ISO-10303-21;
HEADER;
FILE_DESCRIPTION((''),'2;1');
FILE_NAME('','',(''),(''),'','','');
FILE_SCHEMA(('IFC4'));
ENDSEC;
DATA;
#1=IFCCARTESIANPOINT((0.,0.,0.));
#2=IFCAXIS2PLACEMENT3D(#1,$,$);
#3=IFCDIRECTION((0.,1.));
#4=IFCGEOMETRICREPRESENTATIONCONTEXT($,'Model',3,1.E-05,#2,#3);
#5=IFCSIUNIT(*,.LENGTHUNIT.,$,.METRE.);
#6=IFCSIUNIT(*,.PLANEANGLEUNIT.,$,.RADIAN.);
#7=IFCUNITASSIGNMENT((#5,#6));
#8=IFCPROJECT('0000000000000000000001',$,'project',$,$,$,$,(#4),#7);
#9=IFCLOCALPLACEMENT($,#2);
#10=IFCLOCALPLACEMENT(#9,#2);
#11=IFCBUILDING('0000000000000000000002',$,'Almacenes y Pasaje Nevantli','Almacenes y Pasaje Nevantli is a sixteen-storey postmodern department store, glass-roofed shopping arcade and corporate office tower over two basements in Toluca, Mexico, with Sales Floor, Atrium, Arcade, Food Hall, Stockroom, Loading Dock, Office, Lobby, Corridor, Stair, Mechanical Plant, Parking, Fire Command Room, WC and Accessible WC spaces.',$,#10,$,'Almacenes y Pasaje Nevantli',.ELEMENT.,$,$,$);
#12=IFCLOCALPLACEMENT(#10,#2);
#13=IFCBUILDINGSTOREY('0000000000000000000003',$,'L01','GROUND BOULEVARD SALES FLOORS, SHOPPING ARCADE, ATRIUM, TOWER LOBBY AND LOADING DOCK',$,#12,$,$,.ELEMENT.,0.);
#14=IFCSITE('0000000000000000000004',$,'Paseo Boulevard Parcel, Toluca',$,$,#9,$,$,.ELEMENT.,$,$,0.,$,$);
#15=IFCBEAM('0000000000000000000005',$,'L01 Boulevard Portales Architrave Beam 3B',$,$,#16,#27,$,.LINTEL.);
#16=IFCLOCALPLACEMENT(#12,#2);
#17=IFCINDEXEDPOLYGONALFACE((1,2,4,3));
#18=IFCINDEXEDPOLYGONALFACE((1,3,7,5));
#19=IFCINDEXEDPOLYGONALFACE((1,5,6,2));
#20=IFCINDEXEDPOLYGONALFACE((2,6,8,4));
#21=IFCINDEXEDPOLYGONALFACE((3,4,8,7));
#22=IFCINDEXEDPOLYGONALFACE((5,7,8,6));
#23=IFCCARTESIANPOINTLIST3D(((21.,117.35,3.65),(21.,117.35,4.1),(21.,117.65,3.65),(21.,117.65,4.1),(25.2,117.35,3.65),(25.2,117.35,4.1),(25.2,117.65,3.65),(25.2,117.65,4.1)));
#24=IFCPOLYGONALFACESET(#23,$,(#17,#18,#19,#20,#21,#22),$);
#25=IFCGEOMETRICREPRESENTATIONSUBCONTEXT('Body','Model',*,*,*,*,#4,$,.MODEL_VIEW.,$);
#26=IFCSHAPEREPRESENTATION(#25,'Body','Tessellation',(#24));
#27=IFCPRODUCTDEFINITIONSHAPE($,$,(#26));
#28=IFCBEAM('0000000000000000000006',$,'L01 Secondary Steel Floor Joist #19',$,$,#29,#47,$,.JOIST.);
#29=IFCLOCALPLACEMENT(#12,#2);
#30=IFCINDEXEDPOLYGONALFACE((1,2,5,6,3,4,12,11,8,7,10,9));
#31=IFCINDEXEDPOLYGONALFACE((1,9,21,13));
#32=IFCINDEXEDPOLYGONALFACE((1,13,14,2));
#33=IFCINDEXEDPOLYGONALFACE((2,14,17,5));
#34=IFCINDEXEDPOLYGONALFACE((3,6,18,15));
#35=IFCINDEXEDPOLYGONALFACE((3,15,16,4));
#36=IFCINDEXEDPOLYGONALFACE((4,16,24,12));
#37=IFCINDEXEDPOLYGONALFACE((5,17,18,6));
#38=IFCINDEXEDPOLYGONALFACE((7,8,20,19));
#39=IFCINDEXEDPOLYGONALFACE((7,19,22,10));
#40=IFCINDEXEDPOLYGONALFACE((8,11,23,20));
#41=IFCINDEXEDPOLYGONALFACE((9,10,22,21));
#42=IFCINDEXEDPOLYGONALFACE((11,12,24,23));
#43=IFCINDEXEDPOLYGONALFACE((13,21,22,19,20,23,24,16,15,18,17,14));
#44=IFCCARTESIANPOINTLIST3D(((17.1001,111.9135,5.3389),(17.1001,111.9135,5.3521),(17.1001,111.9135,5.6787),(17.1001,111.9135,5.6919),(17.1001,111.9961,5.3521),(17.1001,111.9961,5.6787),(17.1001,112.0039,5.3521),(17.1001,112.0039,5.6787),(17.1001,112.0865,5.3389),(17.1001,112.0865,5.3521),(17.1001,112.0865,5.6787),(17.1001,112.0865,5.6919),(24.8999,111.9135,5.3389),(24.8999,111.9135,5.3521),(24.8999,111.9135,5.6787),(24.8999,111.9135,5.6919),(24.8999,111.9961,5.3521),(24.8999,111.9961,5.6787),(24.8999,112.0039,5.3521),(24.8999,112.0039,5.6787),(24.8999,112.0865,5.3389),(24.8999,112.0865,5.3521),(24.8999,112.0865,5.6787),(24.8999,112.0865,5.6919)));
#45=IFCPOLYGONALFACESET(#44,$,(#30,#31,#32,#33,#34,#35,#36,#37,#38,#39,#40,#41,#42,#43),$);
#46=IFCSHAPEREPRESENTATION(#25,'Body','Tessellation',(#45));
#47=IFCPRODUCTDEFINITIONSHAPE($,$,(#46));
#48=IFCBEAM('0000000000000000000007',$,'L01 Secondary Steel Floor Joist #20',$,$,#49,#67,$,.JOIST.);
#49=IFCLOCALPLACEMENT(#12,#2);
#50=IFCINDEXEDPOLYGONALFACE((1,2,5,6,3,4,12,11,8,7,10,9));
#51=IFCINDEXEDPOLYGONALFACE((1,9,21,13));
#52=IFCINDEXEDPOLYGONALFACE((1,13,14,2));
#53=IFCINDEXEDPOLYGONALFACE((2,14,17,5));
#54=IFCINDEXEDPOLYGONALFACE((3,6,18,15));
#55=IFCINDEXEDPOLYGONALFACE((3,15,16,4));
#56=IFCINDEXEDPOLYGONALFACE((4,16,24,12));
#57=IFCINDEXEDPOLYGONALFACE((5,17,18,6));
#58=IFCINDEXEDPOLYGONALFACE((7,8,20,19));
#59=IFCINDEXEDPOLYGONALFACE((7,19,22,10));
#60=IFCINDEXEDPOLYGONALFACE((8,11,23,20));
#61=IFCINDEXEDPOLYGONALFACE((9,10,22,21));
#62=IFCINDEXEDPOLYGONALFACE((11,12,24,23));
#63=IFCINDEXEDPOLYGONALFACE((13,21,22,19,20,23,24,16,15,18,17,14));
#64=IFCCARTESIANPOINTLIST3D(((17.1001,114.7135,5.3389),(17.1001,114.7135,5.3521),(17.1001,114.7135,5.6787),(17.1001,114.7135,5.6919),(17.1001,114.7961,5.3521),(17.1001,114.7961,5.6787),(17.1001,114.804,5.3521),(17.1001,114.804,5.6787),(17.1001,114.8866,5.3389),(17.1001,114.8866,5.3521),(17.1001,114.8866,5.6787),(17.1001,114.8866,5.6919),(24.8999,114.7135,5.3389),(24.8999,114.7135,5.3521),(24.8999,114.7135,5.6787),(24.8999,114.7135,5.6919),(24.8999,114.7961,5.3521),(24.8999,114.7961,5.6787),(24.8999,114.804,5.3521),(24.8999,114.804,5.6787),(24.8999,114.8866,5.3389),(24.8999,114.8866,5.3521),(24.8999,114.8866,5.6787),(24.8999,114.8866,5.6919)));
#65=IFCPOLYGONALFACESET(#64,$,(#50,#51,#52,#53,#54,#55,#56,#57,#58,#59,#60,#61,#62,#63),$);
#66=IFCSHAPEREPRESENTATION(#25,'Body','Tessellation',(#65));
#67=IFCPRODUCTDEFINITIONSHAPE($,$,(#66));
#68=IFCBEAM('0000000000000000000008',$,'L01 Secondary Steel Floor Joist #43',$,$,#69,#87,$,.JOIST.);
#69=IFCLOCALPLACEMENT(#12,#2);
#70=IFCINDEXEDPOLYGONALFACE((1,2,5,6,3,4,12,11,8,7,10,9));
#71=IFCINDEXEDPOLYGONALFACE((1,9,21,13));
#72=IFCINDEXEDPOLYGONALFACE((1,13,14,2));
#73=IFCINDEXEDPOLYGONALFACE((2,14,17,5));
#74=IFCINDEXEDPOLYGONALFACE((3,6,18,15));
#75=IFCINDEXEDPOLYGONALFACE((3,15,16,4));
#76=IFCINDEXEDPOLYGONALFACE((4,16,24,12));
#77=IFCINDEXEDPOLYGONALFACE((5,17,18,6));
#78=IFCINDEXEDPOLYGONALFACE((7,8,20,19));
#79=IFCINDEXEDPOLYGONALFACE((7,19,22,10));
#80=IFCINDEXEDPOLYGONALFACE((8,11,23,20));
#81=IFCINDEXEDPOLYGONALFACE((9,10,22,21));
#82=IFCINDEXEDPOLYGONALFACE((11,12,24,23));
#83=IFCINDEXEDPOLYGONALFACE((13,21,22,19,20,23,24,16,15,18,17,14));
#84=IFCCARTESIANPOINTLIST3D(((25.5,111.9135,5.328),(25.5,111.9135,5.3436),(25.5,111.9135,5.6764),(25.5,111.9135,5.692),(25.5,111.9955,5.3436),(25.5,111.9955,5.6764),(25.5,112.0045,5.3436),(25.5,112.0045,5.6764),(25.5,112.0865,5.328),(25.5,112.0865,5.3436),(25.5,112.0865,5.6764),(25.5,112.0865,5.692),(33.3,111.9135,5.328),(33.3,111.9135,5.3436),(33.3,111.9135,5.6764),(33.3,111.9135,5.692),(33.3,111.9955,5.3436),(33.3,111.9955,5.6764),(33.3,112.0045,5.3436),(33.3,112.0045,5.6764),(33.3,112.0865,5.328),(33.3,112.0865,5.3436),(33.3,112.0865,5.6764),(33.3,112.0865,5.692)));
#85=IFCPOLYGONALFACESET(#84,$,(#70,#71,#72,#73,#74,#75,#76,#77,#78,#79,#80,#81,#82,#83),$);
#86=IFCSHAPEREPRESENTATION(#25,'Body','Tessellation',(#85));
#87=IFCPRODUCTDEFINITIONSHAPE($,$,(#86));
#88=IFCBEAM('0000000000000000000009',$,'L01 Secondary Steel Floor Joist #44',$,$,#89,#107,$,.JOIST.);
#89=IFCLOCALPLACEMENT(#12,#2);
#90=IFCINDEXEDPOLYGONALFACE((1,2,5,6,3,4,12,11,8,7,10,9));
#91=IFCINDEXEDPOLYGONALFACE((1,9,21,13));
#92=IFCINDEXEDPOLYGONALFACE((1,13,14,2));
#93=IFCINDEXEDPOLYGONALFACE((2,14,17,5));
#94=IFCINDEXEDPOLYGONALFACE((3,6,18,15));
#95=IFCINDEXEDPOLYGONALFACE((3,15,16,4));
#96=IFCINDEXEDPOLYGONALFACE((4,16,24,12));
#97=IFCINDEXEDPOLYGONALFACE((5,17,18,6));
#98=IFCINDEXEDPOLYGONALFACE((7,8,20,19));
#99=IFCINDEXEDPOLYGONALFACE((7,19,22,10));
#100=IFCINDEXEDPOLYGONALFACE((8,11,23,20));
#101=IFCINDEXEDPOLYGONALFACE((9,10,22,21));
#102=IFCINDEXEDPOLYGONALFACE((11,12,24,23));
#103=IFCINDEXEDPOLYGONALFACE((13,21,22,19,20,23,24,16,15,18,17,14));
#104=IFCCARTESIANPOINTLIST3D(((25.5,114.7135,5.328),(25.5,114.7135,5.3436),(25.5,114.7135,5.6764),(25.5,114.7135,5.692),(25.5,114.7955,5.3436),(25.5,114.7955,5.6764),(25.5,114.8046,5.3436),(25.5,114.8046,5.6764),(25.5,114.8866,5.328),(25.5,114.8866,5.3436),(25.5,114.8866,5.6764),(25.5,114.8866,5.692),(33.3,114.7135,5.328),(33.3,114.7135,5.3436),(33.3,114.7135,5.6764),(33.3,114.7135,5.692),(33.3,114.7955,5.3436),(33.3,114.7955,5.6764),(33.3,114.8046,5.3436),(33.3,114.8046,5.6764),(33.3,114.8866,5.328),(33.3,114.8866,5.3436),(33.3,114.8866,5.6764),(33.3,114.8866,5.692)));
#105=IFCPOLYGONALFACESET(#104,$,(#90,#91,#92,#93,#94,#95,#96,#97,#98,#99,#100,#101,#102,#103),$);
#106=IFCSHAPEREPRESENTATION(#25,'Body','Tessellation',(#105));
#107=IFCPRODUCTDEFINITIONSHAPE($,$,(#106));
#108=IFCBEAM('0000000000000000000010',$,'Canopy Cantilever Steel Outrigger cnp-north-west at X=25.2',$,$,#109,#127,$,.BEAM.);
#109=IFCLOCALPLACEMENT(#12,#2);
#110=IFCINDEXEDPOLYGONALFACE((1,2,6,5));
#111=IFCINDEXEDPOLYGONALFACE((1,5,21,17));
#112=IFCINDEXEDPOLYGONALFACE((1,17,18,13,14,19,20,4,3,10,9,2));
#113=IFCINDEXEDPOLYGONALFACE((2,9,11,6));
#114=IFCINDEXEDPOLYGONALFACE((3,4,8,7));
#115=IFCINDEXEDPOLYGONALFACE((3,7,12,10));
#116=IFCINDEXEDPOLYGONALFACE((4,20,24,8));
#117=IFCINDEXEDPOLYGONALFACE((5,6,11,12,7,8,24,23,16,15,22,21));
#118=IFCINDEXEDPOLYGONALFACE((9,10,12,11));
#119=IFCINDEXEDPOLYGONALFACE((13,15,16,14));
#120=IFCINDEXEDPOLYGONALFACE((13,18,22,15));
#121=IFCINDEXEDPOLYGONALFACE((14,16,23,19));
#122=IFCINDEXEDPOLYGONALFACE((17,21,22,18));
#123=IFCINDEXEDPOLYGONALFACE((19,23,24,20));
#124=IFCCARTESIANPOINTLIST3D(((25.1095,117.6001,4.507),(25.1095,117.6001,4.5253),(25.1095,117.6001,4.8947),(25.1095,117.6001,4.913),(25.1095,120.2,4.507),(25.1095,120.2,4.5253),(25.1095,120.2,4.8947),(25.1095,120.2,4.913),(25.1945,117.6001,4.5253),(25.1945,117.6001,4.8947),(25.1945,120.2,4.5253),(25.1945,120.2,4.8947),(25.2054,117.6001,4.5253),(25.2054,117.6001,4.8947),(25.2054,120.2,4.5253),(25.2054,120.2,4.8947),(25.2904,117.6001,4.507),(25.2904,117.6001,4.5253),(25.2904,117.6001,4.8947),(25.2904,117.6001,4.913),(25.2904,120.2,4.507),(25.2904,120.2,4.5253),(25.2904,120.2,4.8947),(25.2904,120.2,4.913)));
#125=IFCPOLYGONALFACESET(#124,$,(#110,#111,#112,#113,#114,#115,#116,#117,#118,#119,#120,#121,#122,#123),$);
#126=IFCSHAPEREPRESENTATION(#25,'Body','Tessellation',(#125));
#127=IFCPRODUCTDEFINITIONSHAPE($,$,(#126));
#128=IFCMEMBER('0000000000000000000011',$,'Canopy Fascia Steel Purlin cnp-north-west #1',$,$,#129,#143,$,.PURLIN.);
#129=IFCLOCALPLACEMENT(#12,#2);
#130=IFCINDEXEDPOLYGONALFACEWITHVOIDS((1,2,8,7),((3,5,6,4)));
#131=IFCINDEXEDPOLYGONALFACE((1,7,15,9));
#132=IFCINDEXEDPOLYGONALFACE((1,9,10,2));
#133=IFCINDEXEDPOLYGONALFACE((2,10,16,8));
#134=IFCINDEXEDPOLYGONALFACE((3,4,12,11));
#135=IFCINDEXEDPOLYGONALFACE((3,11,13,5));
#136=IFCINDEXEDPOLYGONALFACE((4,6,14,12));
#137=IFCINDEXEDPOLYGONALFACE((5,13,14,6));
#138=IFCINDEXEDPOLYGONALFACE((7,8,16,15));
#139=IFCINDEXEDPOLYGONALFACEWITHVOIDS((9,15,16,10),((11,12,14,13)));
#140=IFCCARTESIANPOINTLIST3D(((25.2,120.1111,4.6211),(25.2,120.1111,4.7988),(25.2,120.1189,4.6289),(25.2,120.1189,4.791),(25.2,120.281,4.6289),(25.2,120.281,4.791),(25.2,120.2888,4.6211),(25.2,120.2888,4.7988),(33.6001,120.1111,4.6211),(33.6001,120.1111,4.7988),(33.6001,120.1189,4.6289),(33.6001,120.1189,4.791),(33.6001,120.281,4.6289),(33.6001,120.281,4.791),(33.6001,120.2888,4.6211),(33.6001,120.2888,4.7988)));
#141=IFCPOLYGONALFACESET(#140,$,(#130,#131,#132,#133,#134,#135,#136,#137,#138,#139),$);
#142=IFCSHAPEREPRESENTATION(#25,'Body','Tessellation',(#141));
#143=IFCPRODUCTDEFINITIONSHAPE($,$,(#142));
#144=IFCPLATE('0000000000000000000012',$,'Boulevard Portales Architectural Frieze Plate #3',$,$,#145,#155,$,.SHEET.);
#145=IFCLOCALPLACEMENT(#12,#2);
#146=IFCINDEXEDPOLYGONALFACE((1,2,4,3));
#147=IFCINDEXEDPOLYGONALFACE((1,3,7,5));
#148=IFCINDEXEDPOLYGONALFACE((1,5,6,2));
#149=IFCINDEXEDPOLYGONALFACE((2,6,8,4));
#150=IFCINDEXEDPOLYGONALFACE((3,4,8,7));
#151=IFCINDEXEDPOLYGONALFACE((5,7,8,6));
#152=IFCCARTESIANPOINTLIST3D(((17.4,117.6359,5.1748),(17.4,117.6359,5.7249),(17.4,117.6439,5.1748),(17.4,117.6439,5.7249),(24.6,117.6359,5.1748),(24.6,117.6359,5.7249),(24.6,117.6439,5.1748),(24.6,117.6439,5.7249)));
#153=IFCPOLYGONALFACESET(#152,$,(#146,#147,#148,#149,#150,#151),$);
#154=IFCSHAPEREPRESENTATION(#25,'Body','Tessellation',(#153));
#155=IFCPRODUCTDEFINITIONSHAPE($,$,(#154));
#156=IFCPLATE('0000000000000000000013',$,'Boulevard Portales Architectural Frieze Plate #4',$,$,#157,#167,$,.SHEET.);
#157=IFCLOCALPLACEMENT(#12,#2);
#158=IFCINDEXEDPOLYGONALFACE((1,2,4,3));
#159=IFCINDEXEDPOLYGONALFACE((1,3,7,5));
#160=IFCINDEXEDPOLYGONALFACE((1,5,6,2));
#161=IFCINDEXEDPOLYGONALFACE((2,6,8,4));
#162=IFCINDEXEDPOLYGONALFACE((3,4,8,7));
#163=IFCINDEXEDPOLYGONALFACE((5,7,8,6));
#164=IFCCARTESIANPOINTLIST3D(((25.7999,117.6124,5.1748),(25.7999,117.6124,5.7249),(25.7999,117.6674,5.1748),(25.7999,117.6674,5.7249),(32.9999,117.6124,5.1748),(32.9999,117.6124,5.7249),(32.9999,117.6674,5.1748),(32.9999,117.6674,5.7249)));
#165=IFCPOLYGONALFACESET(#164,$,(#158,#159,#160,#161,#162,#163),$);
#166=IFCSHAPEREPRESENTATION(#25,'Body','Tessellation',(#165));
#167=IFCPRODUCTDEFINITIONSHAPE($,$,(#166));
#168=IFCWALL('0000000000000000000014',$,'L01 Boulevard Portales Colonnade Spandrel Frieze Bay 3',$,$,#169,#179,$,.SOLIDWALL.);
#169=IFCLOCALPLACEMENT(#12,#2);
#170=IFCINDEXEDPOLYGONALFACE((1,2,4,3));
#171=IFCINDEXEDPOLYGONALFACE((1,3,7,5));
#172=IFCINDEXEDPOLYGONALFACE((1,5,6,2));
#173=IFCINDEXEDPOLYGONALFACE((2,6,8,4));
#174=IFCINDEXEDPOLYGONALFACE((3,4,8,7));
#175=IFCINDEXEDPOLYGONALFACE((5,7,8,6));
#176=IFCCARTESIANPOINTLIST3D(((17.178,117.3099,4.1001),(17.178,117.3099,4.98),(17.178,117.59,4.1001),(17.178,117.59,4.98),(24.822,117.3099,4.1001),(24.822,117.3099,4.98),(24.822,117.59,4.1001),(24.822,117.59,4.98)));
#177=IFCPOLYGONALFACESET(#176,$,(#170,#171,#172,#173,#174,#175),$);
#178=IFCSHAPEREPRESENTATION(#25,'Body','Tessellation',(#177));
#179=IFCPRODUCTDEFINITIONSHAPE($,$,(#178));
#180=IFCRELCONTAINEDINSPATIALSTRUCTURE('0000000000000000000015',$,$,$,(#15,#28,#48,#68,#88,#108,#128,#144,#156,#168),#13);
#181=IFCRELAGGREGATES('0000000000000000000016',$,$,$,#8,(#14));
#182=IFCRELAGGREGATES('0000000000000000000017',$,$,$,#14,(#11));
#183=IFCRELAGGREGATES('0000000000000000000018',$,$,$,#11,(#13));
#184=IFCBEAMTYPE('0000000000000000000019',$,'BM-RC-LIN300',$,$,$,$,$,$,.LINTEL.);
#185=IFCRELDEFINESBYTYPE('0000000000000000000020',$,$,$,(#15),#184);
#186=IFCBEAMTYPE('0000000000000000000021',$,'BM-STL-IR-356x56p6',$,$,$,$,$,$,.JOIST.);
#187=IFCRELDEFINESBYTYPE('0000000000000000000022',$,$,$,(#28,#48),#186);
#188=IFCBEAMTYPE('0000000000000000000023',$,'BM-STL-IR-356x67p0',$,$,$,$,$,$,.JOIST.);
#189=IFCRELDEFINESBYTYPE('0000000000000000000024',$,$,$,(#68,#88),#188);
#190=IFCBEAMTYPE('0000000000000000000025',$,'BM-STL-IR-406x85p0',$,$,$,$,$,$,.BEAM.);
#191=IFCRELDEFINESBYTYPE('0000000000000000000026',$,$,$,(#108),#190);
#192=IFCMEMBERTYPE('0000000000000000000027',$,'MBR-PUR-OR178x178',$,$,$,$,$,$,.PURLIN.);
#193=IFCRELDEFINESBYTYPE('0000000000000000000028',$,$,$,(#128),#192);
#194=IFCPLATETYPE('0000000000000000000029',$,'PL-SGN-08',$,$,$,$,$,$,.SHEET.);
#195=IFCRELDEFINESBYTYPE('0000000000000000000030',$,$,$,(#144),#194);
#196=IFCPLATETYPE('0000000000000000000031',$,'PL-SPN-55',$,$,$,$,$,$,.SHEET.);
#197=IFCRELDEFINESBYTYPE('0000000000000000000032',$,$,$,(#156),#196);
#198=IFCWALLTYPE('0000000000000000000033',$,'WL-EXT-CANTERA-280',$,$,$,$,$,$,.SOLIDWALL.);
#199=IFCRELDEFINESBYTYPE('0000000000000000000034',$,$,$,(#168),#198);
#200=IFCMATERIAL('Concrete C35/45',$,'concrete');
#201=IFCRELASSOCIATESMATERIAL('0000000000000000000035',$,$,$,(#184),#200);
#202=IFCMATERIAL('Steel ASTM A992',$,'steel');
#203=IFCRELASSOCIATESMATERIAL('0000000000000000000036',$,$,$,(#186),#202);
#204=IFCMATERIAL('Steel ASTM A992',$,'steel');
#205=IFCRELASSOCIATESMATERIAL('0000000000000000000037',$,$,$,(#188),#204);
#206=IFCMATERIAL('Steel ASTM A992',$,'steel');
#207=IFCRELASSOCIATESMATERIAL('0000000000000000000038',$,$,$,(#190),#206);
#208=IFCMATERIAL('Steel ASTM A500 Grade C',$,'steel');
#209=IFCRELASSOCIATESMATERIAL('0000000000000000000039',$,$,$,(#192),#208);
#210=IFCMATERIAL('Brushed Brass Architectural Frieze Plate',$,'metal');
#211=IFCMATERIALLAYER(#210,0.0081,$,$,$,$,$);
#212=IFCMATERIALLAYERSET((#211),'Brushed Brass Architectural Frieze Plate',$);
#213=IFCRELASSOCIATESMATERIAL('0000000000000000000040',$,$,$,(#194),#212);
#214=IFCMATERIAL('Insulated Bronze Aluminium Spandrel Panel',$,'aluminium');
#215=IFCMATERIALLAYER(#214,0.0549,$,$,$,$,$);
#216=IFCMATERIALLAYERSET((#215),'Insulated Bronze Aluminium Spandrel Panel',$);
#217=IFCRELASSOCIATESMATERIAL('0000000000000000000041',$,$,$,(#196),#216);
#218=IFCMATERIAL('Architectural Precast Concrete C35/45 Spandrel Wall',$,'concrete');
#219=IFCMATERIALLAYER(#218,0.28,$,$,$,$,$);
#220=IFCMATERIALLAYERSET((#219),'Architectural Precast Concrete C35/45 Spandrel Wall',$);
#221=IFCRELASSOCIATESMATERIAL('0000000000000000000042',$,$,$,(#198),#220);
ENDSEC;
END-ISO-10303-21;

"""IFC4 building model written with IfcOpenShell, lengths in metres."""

from ifc_helpers import new_model, si_unit, direction, frame, frame_2d, origin, origin_2d, place, context, subcontext, project, spatial, rectangle, hollow_rectangle, i_section, extrude, material, layer, layer_set, material_profile, profile_set, type_object, element, save


model = new_model("IFC4")

# Units and contexts
model_context = context("Model", 3, precision=1e-05, world=origin(), true_north=direction((0.0, 1.0)))
body_context = subcontext(model_context, "Body", "Model", "MODEL_VIEW")
ifc_project = project(units=[si_unit("LENGTHUNIT", "METRE"), si_unit("PLANEANGLEUNIT", "RADIAN")], contexts=[model_context])

# Site, building, storey
site_placement = place(None, origin())
site = spatial("IfcSite", under=ifc_project, at=site_placement, Name="Paseo Boulevard Parcel, Toluca", CompositionType="ELEMENT", RefElevation=0.0)
building_placement = place(site_placement, origin())
building = spatial("IfcBuilding", under=site, at=building_placement, Name="Almacenes y Pasaje Nevantli", Description="Almacenes y Pasaje Nevantli is a sixteen-storey postmodern department store, glass-roofed shopping arcade and corporate office tower over two basements in Toluca, Mexico, with Sales Floor, Atrium, Arcade, Food Hall, Stockroom, Loading Dock, Office, Lobby, Corridor, Stair, Mechanical Plant, Parking, Fire Command Room, WC and Accessible WC spaces.", LongName="Almacenes y Pasaje Nevantli", CompositionType="ELEMENT")
storey_placement = place(building_placement, origin())
storey = spatial("IfcBuildingStorey", under=building, at=storey_placement, Name="L01", Description="GROUND BOULEVARD SALES FLOORS, SHOPPING ARCADE, ATRIUM, TOWER LOBBY AND LOADING DOCK", CompositionType="ELEMENT", Elevation=0.0)

# Beams
ifc_material_1 = material(Name="Concrete C35/45", Category="concrete")
ifc_material_profile_1 = material_profile(ifc_material_1, rectangle(XDim=0.3, YDim=0.45, at=origin_2d()), Name="RC-LIN-300x450")
ifc_profile_set_1 = profile_set([ifc_material_profile_1], Name="Concrete C35/45")
beam_type_1 = type_object("IfcBeamType", Name="BM-RC-LIN300", PredefinedType="LINTEL", material=ifc_profile_set_1)
beam_1_placement = place(storey_placement, frame((21.0, 117.5, 3.875), z_axis=(1.0, 0.0, 0.0), x_axis=(0.0, 1.0, 0.0)))
element("IfcBeam", 1, at=beam_1_placement, inside=storey, type_object=beam_type_1, Name="L01 Boulevard Portales Architrave Beam 3B", PredefinedType="LINTEL", context=body_context, shape_type="SweptSolid", body=[
    extrude(rectangle(XDim=0.3, YDim=0.45, at=origin_2d()), origin(), (0.0, 0.0, 1.0), 4.2),
])
ifc_material_2 = material(Name="Steel ASTM A992", Category="steel")
ifc_material_profile_2 = material_profile(ifc_material_2, i_section(OverallWidth=0.1731, OverallDepth=0.353, WebThickness=0.0078, FlangeThickness=0.0132, at=origin_2d()), Name="IR 356x56.6")
ifc_profile_set_2 = profile_set([ifc_material_profile_2], Name="Steel ASTM A992")
beam_type_2 = type_object("IfcBeamType", Name="BM-STL-IR-356x56p6", PredefinedType="JOIST", material=ifc_profile_set_2)
for number, where, z_axis, x_axis, name in (
    (2, (17.1001, 112.0, 5.5154), (1.0, 0.0, 0.0), (0.0, 1.0, 0.0), "L01 Secondary Steel Floor Joist #19"),
    (3, (17.1001, 114.8, 5.5154), (1.0, 0.0, 0.0), (0.0, 1.0, 0.0), "L01 Secondary Steel Floor Joist #20"),
):
    element("IfcBeam", number, at=place(storey_placement, frame(where, z_axis=z_axis, x_axis=x_axis)), inside=storey, type_object=beam_type_2, Name=name, PredefinedType="JOIST", context=body_context, shape_type="SweptSolid", body=[
        extrude(i_section(OverallWidth=0.1731, OverallDepth=0.353, WebThickness=0.0078, FlangeThickness=0.0132, at=origin_2d()), origin(), (0.0, 0.0, 1.0), 7.7998),
    ])
ifc_material_3 = material(Name="Steel ASTM A992", Category="steel")
ifc_material_profile_3 = material_profile(ifc_material_3, i_section(OverallWidth=0.1731, OverallDepth=0.364, WebThickness=0.009, FlangeThickness=0.0156, at=origin_2d()), Name="IR 356x67.0")
ifc_profile_set_3 = profile_set([ifc_material_profile_3], Name="Steel ASTM A992")
beam_type_3 = type_object("IfcBeamType", Name="BM-STL-IR-356x67p0", PredefinedType="JOIST", material=ifc_profile_set_3)
for number, where, z_axis, x_axis, name in (
    (4, (25.5, 112.0, 5.51), (1.0, 0.0, 0.0), (0.0, 1.0, 0.0), "L01 Secondary Steel Floor Joist #43"),
    (5, (25.5, 114.8, 5.51), (1.0, 0.0, 0.0), (0.0, 1.0, 0.0), "L01 Secondary Steel Floor Joist #44"),
):
    element("IfcBeam", number, at=place(storey_placement, frame(where, z_axis=z_axis, x_axis=x_axis)), inside=storey, type_object=beam_type_3, Name=name, PredefinedType="JOIST", context=body_context, shape_type="SweptSolid", body=[
        extrude(i_section(OverallWidth=0.1731, OverallDepth=0.364, WebThickness=0.009, FlangeThickness=0.0156, at=origin_2d()), origin(), (0.0, 0.0, 1.0), 7.8),
    ])
ifc_material_4 = material(Name="Steel ASTM A992", Category="steel")
ifc_material_profile_4 = material_profile(ifc_material_4, i_section(OverallWidth=0.1809, OverallDepth=0.406, WebThickness=0.011, FlangeThickness=0.0183, at=origin_2d()), Name="IR 406x85.0")
ifc_profile_set_4 = profile_set([ifc_material_profile_4], Name="Steel ASTM A992")
beam_type_4 = type_object("IfcBeamType", Name="BM-STL-IR-406x85p0", PredefinedType="BEAM", material=ifc_profile_set_4)
beam_2_placement = place(storey_placement, frame((25.2, 117.6001, 4.71), z_axis=(0.0, 1.0, 0.0), x_axis=(-1.0, 0.0, 0.0)))
element("IfcBeam", 6, at=beam_2_placement, inside=storey, type_object=beam_type_4, Name="Canopy Cantilever Steel Outrigger cnp-north-west at X=25.2", PredefinedType="BEAM", context=body_context, shape_type="SweptSolid", body=[
    extrude(i_section(OverallWidth=0.1809, OverallDepth=0.406, WebThickness=0.011, FlangeThickness=0.0183, at=origin_2d()), origin(), (0.0, 0.0, 1.0), 2.5999),
])

# Member
ifc_material_5 = material(Name="Steel ASTM A500 Grade C", Category="steel")
ifc_material_profile_5 = material_profile(ifc_material_5, hollow_rectangle(XDim=0.1777, YDim=0.1777, WallThickness=0.0078, at=origin_2d()), Name="OR 178x178x7.9")
ifc_profile_set_5 = profile_set([ifc_material_profile_5], Name="Steel ASTM A500 Grade C")
member_type = type_object("IfcMemberType", Name="MBR-PUR-OR178x178", PredefinedType="PURLIN", material=ifc_profile_set_5)
member_placement = place(storey_placement, frame((25.2, 120.2, 4.71), z_axis=(1.0, 0.0, 0.0), x_axis=(0.0, 1.0, 0.0)))
element("IfcMember", 7, at=member_placement, inside=storey, type_object=member_type, Name="Canopy Fascia Steel Purlin cnp-north-west #1", PredefinedType="PURLIN", context=body_context, shape_type="SweptSolid", body=[
    extrude(hollow_rectangle(XDim=0.1777, YDim=0.1777, WallThickness=0.0078, at=origin_2d()), origin(), (0.0, 0.0, 1.0), 8.4001),
])

# Plates
ifc_material_6 = material(Name="Brushed Brass Architectural Frieze Plate", Category="metal")
ifc_layer_1 = layer(ifc_material_6, 0.0081)
ifc_layer_set_1 = layer_set([ifc_layer_1], Name="Brushed Brass Architectural Frieze Plate")
plate_type_1 = type_object("IfcPlateType", Name="PL-SGN-08", PredefinedType="SHEET", material=ifc_layer_set_1)
plate_1_placement = place(storey_placement, frame((21.0, 117.6399, 5.1748), z_axis=(0.0, 0.0, 1.0), x_axis=(1.0, 0.0, 0.0)))
element("IfcPlate", 8, at=plate_1_placement, inside=storey, type_object=plate_type_1, Name="Boulevard Portales Architectural Frieze Plate #3", PredefinedType="SHEET", context=body_context, shape_type="SweptSolid", body=[
    extrude(rectangle(XDim=7.2, YDim=0.0081, at=origin_2d()), origin(), (0.0, 0.0, 1.0), 0.55),
])
ifc_material_7 = material(Name="Insulated Bronze Aluminium Spandrel Panel", Category="aluminium")
ifc_layer_2 = layer(ifc_material_7, 0.0549)
ifc_layer_set_2 = layer_set([ifc_layer_2], Name="Insulated Bronze Aluminium Spandrel Panel")
plate_type_2 = type_object("IfcPlateType", Name="PL-SPN-55", PredefinedType="SHEET", material=ifc_layer_set_2)
plate_2_placement = place(storey_placement, frame((29.3999, 117.6399, 5.1748), z_axis=(0.0, 0.0, 1.0), x_axis=(1.0, 0.0, 0.0)))
element("IfcPlate", 9, at=plate_2_placement, inside=storey, type_object=plate_type_2, Name="Boulevard Portales Architectural Frieze Plate #4", PredefinedType="SHEET", context=body_context, shape_type="SweptSolid", body=[
    extrude(rectangle(XDim=7.2, YDim=0.0549, at=origin_2d()), origin(), (0.0, 0.0, 1.0), 0.55),
])

# Wall
ifc_material_8 = material(Name="Architectural Precast Concrete C35/45 Spandrel Wall", Category="concrete")
ifc_layer_3 = layer(ifc_material_8, 0.28)
ifc_layer_set_3 = layer_set([ifc_layer_3], Name="Architectural Precast Concrete C35/45 Spandrel Wall")
wall_type_1 = type_object("IfcWallType", Name="WL-EXT-CANTERA-280", PredefinedType="SOLIDWALL", material=ifc_layer_set_3)
for number, where, z_axis, x_axis, name in (
    (10, (17.178, 117.45, 4.1001), (0.0, 0.0, 1.0), (1.0, 0.0, 0.0), "L01 Boulevard Portales Colonnade Spandrel Frieze Bay 3"),
):
    element("IfcWall", number, at=place(storey_placement, frame(where, z_axis=z_axis, x_axis=x_axis)), inside=storey, type_object=wall_type_1, Name=name, PredefinedType="SOLIDWALL", context=body_context, shape_type="SweptSolid", body=[
        extrude(rectangle(XDim=7.644, YDim=0.28, at=frame_2d((3.822, 0.0))), origin(), (0.0, 0.0, 1.0), 0.8799),
    ])

save(model, "model.ifc")
